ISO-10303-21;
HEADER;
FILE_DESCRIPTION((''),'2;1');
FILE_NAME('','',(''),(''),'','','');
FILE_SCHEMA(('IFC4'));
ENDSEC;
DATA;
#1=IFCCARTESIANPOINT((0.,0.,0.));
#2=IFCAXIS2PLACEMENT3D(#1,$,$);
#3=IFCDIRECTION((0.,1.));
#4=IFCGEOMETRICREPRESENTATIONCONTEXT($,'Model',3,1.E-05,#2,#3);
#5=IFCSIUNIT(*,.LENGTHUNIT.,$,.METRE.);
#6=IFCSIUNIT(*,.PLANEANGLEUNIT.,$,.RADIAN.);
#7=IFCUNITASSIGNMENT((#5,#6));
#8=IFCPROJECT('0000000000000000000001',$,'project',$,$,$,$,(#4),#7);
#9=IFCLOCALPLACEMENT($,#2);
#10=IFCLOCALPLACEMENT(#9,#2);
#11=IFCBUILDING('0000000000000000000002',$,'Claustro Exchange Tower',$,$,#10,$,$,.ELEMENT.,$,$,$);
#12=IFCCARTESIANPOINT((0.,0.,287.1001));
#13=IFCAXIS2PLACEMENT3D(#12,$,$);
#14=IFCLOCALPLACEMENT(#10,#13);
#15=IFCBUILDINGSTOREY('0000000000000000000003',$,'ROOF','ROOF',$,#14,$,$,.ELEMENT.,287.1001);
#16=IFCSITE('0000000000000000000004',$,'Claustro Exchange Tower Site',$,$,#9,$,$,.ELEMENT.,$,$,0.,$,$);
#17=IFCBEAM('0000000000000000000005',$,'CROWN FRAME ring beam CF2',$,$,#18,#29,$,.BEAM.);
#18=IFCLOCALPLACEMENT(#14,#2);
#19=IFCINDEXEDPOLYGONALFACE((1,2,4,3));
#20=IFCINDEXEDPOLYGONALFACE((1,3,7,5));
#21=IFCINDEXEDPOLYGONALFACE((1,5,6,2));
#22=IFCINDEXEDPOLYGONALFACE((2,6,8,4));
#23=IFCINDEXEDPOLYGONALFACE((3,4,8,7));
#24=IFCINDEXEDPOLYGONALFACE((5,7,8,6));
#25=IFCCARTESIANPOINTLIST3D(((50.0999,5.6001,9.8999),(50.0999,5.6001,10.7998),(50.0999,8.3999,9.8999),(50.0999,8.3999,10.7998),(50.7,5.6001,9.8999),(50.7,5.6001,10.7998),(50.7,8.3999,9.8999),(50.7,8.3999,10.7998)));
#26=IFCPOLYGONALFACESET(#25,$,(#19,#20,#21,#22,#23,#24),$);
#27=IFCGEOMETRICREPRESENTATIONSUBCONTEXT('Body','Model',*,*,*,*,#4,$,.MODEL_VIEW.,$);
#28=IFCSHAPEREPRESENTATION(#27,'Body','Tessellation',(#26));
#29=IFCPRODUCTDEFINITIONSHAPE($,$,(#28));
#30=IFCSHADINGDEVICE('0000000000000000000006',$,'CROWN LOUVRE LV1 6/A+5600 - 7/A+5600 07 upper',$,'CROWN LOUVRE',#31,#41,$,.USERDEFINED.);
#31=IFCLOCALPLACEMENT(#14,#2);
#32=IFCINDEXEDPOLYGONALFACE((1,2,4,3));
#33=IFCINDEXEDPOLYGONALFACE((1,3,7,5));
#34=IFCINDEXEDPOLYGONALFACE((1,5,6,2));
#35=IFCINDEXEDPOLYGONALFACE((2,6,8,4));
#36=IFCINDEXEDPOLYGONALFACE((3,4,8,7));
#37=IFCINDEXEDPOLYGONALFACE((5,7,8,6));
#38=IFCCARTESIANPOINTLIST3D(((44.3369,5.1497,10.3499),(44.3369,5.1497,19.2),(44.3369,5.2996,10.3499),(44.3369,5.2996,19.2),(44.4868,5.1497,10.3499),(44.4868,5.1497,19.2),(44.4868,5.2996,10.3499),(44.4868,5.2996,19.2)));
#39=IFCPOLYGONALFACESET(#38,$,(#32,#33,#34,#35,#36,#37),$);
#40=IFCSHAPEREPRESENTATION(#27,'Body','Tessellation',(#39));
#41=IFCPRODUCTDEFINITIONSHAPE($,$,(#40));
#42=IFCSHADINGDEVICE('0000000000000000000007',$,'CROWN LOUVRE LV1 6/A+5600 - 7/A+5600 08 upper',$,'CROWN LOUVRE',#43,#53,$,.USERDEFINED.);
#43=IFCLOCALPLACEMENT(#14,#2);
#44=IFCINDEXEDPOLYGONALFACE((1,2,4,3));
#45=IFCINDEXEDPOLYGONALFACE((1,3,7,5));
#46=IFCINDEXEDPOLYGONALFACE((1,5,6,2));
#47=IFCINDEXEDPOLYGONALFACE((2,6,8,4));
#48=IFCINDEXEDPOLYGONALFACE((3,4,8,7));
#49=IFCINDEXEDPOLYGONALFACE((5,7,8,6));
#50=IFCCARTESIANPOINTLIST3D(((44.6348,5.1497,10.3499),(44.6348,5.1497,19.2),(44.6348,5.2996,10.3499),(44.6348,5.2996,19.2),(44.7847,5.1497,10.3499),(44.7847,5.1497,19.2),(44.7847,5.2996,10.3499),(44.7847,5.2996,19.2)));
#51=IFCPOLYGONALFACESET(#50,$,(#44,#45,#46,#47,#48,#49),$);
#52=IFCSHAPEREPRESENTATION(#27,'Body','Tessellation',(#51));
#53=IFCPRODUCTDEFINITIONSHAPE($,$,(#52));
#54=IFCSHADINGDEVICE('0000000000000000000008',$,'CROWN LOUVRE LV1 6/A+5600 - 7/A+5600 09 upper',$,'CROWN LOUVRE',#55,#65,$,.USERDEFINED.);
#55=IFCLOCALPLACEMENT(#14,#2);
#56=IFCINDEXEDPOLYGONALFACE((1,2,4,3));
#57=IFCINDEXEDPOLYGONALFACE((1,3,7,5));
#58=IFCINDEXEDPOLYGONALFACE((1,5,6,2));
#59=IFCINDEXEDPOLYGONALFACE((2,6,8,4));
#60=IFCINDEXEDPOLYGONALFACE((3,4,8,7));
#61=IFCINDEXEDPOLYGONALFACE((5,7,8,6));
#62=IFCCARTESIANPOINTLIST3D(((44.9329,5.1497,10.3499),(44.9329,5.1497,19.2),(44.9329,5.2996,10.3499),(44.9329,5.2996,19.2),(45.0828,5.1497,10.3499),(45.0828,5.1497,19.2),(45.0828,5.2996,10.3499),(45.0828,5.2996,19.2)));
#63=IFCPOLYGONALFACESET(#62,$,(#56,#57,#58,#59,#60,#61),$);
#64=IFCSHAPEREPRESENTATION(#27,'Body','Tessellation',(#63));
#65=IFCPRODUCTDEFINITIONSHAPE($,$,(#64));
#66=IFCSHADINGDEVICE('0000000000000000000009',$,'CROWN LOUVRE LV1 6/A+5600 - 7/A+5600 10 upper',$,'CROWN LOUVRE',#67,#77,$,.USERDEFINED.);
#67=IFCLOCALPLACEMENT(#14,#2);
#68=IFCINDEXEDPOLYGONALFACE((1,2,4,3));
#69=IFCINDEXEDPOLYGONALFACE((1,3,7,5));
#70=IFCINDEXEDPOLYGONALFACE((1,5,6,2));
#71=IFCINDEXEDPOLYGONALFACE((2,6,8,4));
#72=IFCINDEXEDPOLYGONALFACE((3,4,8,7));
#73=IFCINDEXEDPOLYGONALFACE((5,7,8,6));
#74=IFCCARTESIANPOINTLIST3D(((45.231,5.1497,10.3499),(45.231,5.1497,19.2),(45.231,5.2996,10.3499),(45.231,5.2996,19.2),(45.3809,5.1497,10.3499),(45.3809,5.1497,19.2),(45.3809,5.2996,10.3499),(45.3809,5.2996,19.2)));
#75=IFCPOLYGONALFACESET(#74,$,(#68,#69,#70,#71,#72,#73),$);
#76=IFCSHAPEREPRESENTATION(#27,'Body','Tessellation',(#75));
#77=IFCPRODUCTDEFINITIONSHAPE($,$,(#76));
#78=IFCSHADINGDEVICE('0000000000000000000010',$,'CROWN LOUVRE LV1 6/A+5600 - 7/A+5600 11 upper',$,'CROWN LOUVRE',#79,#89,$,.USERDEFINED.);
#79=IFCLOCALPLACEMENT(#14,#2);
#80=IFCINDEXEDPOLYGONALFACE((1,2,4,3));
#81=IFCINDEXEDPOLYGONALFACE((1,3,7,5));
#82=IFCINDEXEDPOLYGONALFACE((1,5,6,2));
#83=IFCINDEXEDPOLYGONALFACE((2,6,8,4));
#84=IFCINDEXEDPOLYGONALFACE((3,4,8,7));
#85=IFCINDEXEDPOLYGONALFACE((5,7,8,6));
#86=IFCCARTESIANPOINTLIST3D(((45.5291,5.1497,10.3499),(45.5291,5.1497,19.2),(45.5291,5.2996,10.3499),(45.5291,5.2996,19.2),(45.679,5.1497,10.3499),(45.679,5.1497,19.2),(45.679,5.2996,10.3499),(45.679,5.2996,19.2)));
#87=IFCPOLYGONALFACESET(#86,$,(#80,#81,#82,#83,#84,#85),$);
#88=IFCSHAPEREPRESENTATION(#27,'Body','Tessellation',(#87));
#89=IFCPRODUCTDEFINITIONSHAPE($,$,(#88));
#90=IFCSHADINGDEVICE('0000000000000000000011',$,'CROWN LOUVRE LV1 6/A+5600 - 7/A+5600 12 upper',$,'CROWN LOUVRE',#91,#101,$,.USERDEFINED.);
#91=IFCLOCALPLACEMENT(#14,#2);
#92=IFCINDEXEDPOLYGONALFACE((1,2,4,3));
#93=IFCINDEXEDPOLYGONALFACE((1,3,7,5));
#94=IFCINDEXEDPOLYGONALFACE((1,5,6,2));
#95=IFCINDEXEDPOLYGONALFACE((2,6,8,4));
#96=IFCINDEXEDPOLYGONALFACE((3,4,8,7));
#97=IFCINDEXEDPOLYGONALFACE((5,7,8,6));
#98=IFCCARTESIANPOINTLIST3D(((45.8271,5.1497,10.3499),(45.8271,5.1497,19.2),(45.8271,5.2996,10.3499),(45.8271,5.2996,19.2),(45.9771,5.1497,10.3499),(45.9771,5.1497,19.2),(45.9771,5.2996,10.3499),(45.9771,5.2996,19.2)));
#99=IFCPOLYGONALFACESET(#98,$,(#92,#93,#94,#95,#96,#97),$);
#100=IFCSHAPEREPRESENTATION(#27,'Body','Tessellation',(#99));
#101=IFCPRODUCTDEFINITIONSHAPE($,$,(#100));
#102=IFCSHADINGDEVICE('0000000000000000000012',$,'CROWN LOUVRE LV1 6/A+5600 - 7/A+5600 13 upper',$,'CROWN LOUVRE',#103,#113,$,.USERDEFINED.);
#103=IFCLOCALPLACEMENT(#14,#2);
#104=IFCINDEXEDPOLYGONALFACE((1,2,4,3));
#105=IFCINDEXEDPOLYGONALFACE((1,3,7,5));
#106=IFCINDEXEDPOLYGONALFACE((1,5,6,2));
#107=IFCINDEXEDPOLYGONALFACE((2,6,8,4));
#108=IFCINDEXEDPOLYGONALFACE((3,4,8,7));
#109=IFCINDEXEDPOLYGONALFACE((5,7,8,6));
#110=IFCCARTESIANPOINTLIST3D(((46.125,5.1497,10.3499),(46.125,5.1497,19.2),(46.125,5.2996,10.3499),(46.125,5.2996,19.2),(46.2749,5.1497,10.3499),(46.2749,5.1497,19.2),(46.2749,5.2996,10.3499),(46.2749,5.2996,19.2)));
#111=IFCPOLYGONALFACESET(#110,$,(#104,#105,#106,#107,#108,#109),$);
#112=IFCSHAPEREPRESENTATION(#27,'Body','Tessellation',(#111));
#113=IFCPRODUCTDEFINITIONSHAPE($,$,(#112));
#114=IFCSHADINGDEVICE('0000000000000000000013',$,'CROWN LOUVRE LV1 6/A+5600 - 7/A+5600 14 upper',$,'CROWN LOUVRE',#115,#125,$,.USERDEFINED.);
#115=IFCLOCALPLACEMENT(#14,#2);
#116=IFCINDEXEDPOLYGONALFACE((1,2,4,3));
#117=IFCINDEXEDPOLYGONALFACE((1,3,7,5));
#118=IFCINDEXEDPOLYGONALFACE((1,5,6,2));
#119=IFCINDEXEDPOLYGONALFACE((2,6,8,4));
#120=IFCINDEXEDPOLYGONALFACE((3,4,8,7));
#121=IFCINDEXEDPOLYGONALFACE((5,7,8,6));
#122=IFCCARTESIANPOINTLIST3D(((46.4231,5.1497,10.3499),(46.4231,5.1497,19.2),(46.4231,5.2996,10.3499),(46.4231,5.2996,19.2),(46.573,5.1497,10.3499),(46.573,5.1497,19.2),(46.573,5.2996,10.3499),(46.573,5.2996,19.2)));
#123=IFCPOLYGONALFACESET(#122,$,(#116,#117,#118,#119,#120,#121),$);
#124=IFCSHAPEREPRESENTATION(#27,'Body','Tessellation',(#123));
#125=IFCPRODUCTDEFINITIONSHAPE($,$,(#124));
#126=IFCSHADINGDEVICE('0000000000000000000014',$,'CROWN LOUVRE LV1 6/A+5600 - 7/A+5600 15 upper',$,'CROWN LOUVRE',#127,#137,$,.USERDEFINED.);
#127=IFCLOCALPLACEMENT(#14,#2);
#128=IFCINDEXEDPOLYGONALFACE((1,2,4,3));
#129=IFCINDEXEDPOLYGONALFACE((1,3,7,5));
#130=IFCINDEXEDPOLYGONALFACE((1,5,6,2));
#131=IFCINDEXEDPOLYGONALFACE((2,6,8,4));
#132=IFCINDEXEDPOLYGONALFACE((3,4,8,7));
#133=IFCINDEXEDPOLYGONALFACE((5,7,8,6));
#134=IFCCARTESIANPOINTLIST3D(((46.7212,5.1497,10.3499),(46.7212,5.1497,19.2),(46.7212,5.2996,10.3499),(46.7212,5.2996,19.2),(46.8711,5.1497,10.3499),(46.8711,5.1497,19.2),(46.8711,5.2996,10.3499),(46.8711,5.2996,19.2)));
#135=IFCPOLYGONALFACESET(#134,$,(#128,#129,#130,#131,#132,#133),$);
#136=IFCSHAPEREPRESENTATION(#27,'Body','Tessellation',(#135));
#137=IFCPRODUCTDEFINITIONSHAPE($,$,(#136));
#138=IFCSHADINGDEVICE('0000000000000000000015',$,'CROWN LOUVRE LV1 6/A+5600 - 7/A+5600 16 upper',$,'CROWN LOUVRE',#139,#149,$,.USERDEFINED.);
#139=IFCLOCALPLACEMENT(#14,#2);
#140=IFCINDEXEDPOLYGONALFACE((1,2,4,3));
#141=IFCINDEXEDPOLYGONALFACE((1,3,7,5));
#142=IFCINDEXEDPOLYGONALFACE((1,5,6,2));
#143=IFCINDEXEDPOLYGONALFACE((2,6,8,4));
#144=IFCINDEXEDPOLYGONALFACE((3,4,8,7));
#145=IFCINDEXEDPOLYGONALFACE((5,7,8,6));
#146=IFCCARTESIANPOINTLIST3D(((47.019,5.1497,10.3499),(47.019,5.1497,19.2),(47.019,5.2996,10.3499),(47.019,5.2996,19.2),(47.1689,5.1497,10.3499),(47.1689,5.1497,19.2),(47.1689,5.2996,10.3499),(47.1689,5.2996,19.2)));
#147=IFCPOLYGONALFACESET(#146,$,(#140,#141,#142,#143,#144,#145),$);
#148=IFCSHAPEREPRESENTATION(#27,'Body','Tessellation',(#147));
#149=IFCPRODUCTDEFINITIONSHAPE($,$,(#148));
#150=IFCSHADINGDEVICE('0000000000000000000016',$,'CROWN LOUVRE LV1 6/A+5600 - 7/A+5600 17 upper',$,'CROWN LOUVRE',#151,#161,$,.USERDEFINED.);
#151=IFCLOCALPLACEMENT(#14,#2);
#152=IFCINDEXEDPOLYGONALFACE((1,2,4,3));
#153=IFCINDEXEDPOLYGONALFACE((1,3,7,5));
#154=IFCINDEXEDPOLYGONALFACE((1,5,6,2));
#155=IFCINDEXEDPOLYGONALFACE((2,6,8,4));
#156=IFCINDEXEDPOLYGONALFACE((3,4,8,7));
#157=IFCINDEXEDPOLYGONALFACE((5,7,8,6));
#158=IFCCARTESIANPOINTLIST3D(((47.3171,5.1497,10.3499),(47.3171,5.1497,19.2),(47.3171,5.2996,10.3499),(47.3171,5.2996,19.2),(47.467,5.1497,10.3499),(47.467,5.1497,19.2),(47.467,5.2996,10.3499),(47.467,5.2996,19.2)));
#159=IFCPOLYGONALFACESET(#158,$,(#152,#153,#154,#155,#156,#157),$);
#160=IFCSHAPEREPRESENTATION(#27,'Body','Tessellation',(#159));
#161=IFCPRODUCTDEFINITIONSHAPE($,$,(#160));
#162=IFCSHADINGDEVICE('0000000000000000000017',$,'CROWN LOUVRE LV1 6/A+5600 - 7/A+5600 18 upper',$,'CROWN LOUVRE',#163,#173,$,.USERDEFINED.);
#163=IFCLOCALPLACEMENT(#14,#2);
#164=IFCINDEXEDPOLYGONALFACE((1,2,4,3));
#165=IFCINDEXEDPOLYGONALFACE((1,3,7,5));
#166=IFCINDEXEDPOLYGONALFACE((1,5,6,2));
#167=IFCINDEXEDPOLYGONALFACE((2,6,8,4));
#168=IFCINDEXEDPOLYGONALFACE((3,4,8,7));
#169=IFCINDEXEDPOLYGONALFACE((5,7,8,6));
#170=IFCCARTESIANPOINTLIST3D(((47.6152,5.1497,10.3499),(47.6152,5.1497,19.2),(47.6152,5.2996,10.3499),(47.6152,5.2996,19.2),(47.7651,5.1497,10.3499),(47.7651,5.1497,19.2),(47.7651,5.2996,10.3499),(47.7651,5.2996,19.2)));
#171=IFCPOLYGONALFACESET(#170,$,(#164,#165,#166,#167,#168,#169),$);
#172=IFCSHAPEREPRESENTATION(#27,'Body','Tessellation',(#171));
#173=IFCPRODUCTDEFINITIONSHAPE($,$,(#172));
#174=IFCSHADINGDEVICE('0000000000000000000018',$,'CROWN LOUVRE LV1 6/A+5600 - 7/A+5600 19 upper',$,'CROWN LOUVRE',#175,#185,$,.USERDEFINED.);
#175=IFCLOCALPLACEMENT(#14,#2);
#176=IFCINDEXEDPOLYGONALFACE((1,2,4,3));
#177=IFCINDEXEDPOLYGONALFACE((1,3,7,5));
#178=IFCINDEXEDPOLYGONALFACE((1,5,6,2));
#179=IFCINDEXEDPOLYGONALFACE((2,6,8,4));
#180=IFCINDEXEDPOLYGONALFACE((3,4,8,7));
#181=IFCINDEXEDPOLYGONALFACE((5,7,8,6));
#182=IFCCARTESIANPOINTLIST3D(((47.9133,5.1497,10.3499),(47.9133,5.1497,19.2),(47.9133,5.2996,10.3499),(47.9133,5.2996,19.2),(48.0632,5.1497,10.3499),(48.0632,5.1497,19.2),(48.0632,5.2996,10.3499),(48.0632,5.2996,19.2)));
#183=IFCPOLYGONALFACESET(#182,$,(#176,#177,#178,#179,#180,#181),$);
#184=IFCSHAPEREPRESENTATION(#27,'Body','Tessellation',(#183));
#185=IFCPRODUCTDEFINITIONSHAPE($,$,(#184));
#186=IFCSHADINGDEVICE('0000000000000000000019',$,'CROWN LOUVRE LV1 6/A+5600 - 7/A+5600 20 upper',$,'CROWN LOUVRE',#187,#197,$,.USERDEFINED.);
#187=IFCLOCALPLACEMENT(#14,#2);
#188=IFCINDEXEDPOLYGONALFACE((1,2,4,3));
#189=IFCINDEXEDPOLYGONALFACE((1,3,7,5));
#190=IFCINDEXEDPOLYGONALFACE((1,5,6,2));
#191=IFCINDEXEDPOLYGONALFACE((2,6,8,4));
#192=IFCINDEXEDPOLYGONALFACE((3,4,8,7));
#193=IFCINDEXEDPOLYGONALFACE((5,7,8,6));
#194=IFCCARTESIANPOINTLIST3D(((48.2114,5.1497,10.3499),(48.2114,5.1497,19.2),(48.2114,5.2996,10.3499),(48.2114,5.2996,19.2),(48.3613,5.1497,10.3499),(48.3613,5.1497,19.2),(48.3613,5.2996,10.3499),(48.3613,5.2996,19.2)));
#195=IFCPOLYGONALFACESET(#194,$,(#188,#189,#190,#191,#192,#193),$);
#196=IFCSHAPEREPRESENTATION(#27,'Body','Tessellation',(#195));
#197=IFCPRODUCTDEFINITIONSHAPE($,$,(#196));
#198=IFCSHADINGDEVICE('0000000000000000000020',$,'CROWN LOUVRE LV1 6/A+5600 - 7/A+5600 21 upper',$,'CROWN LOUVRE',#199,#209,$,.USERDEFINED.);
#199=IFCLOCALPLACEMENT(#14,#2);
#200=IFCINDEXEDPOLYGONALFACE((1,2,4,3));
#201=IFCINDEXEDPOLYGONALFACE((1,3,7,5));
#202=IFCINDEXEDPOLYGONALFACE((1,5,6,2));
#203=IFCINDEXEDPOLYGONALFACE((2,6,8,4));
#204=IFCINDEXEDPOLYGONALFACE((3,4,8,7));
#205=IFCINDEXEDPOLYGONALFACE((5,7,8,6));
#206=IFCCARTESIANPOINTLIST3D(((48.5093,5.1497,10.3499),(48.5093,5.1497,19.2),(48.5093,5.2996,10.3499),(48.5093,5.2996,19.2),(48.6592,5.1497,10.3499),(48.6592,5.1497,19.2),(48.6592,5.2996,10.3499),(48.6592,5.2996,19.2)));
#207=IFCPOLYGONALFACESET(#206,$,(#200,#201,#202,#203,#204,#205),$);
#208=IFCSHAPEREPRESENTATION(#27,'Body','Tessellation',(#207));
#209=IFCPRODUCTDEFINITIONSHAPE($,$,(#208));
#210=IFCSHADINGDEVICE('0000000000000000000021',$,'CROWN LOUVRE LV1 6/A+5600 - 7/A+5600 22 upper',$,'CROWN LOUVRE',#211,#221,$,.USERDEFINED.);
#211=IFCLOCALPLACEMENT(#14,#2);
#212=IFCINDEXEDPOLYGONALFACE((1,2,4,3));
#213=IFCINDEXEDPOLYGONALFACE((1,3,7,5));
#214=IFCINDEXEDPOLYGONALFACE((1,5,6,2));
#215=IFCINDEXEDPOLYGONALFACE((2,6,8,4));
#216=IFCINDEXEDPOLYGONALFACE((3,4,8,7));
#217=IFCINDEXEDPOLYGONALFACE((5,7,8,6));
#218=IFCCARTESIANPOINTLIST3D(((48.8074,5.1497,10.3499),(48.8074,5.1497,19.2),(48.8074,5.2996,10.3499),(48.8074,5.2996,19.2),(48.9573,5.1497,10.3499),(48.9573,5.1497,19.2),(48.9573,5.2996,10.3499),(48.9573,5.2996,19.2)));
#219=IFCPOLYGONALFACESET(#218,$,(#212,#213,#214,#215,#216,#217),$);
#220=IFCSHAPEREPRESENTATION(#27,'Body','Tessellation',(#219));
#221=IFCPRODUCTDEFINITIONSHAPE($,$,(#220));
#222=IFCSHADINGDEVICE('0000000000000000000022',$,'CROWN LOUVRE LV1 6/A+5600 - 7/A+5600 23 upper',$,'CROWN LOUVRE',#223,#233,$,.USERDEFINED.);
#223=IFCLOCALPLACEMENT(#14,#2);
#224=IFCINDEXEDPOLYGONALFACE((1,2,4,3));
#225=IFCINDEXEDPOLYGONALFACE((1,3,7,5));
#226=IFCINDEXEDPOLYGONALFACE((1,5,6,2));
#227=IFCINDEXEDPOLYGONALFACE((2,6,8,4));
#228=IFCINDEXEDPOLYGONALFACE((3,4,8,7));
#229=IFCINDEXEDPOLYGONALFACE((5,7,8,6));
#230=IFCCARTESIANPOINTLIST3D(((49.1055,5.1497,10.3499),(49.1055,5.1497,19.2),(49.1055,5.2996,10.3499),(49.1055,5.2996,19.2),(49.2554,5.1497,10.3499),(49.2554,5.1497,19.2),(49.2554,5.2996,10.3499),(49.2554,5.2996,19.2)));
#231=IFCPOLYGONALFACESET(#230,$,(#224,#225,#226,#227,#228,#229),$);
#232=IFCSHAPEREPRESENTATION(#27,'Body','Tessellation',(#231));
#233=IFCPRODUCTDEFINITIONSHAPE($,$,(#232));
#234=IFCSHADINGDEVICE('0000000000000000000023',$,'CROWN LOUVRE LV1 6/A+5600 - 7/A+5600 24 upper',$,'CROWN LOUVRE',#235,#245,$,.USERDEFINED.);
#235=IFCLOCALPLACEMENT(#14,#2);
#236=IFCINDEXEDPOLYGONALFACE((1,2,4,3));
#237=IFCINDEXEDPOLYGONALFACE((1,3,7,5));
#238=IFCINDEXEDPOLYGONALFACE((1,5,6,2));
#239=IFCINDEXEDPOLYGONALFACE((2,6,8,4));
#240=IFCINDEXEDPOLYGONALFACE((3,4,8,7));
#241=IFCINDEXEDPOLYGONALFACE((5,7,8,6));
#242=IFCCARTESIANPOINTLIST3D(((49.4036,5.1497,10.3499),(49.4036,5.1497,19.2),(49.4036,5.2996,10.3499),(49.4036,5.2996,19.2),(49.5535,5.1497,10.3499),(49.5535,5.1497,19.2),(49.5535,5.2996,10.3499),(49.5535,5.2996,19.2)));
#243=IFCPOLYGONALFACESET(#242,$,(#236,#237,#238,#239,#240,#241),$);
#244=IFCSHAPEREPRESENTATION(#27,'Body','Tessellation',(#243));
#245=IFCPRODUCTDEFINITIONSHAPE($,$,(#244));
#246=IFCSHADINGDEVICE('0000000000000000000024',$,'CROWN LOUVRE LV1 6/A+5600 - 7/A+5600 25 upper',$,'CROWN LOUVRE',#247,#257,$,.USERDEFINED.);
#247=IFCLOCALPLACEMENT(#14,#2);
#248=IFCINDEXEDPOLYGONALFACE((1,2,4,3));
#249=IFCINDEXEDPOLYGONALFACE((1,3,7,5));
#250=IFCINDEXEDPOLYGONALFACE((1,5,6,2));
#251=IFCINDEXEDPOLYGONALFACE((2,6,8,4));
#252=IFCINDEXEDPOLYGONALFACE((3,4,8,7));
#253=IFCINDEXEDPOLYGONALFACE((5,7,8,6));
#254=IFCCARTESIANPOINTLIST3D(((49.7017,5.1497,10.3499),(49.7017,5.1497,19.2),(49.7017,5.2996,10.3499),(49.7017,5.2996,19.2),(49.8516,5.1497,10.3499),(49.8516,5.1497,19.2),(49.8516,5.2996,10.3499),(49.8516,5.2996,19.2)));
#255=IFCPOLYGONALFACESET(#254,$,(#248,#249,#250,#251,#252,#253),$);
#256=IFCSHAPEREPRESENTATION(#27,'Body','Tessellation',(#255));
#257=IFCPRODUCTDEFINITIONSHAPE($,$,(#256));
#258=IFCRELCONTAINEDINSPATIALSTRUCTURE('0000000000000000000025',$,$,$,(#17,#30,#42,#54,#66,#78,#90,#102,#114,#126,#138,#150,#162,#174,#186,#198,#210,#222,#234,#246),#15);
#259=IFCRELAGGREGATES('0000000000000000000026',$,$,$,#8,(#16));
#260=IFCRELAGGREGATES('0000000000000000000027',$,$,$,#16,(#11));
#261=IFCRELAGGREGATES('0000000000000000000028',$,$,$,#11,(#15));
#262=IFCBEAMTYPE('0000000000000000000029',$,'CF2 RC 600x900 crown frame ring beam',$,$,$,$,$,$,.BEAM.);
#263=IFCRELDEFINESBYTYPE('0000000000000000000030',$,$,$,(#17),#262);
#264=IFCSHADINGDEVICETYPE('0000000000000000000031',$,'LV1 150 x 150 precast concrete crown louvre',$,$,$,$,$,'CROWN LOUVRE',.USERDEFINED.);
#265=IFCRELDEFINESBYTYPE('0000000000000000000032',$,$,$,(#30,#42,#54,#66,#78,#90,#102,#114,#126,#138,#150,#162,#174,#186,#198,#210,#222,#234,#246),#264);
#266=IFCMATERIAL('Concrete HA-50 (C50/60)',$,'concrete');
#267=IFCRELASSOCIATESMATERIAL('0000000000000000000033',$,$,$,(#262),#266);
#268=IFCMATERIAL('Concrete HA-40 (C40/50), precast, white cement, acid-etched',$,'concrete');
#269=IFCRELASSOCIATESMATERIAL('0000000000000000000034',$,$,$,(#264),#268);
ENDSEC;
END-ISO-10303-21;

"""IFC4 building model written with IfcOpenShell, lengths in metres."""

from ifc_helpers import new_model, si_unit, direction, frame, origin, origin_2d, place, context, subcontext, project, spatial, rectangle, extrude, material, material_profile, profile_set, type_object, element, save


model = new_model("IFC4")

# Units and contexts
model_context = context("Model", 3, precision=1e-05, world=origin(), true_north=direction((0.0, 1.0)))
body_context = subcontext(model_context, "Body", "Model", "MODEL_VIEW")
ifc_project = project(units=[si_unit("LENGTHUNIT", "METRE"), si_unit("PLANEANGLEUNIT", "RADIAN")], contexts=[model_context])

# Site, building, storey
site_placement = place(None, origin())
site = spatial("IfcSite", under=ifc_project, at=site_placement, Name="Claustro Exchange Tower Site", CompositionType="ELEMENT", RefElevation=0.0)
building_placement = place(site_placement, origin())
building = spatial("IfcBuilding", under=site, at=building_placement, Name="Claustro Exchange Tower", CompositionType="ELEMENT")
storey_placement = place(building_placement, frame((0.0, 0.0, 287.1001)))
storey = spatial("IfcBuildingStorey", under=building, at=storey_placement, Name="ROOF", Description="ROOF", CompositionType="ELEMENT", Elevation=287.1001)

# Beam
ifc_material_1 = material(Name="Concrete HA-50 (C50/60)", Category="concrete")
ifc_material_profile = material_profile(ifc_material_1, rectangle(XDim=0.6001, YDim=0.8999, at=origin_2d()), Name="RC 600x900")
ifc_profile_set = profile_set([ifc_material_profile], Name="Concrete HA-50 (C50/60)")
beam_type = type_object("IfcBeamType", Name="CF2 RC 600x900 crown frame ring beam", PredefinedType="BEAM", material=ifc_profile_set)
beam_placement = place(storey_placement, frame((50.3999, 5.6001, 10.3499), z_axis=(0.0, 1.0, 0.0), x_axis=(-1.0, 0.0, 0.0)))
element("IfcBeam", 1, at=beam_placement, inside=storey, type_object=beam_type, Name="CROWN FRAME ring beam CF2", PredefinedType="BEAM", context=body_context, shape_type="SweptSolid", body=[
    extrude(rectangle(XDim=0.6001, YDim=0.8999, at=origin_2d()), origin(), (0.0, 0.0, 1.0), 2.7998),
])

# Shading devices
ifc_material_2 = material(Name="Concrete HA-40 (C40/50), precast, white cement, acid-etched", Category="concrete")
shading_device_type = type_object("IfcShadingDeviceType", Name="LV1 150 x 150 precast concrete crown louvre", ElementType="CROWN LOUVRE", PredefinedType="USERDEFINED", material=ifc_material_2)
for number, where, z_axis, x_axis, name in (
    (2, (44.4119, 5.2246, 10.3499), (0.0, 0.0, 1.0), (1.0, 0.0, 0.0), "CROWN LOUVRE LV1 6/A+5600 - 7/A+5600 07 upper"),
    (3, (44.7097, 5.2246, 10.3499), (0.0, 0.0, 1.0), (1.0, 0.0, 0.0), "CROWN LOUVRE LV1 6/A+5600 - 7/A+5600 08 upper"),
    (4, (45.0078, 5.2246, 10.3499), (0.0, 0.0, 1.0), (1.0, 0.0, 0.0), "CROWN LOUVRE LV1 6/A+5600 - 7/A+5600 09 upper"),
    (5, (45.3059, 5.2246, 10.3499), (0.0, 0.0, 1.0), (1.0, 0.0, 0.0), "CROWN LOUVRE LV1 6/A+5600 - 7/A+5600 10 upper"),
    (6, (45.604, 5.2246, 10.3499), (0.0, 0.0, 1.0), (1.0, 0.0, 0.0), "CROWN LOUVRE LV1 6/A+5600 - 7/A+5600 11 upper"),
    (7, (45.9021, 5.2246, 10.3499), (0.0, 0.0, 1.0), (1.0, 0.0, 0.0), "CROWN LOUVRE LV1 6/A+5600 - 7/A+5600 12 upper"),
    (8, (46.2, 5.2246, 10.3499), (0.0, 0.0, 1.0), (1.0, 0.0, 0.0), "CROWN LOUVRE LV1 6/A+5600 - 7/A+5600 13 upper"),
    (9, (46.498, 5.2246, 10.3499), (0.0, 0.0, 1.0), (1.0, 0.0, 0.0), "CROWN LOUVRE LV1 6/A+5600 - 7/A+5600 14 upper"),
    (10, (46.7961, 5.2246, 10.3499), (0.0, 0.0, 1.0), (1.0, 0.0, 0.0), "CROWN LOUVRE LV1 6/A+5600 - 7/A+5600 15 upper"),
    (11, (47.094, 5.2246, 10.3499), (0.0, 0.0, 1.0), (1.0, 0.0, 0.0), "CROWN LOUVRE LV1 6/A+5600 - 7/A+5600 16 upper"),
    (12, (47.3921, 5.2246, 10.3499), (0.0, 0.0, 1.0), (1.0, 0.0, 0.0), "CROWN LOUVRE LV1 6/A+5600 - 7/A+5600 17 upper"),
    (13, (47.6902, 5.2246, 10.3499), (0.0, 0.0, 1.0), (1.0, 0.0, 0.0), "CROWN LOUVRE LV1 6/A+5600 - 7/A+5600 18 upper"),
    (14, (47.9883, 5.2246, 10.3499), (0.0, 0.0, 1.0), (1.0, 0.0, 0.0), "CROWN LOUVRE LV1 6/A+5600 - 7/A+5600 19 upper"),
    (15, (48.2864, 5.2246, 10.3499), (0.0, 0.0, 1.0), (1.0, 0.0, 0.0), "CROWN LOUVRE LV1 6/A+5600 - 7/A+5600 20 upper"),
    (16, (48.5842, 5.2246, 10.3499), (0.0, 0.0, 1.0), (1.0, 0.0, 0.0), "CROWN LOUVRE LV1 6/A+5600 - 7/A+5600 21 upper"),
    (17, (48.8823, 5.2246, 10.3499), (0.0, 0.0, 1.0), (1.0, 0.0, 0.0), "CROWN LOUVRE LV1 6/A+5600 - 7/A+5600 22 upper"),
    (18, (49.1804, 5.2246, 10.3499), (0.0, 0.0, 1.0), (1.0, 0.0, 0.0), "CROWN LOUVRE LV1 6/A+5600 - 7/A+5600 23 upper"),
    (19, (49.4785, 5.2246, 10.3499), (0.0, 0.0, 1.0), (1.0, 0.0, 0.0), "CROWN LOUVRE LV1 6/A+5600 - 7/A+5600 24 upper"),
    (20, (49.7766, 5.2246, 10.3499), (0.0, 0.0, 1.0), (1.0, 0.0, 0.0), "CROWN LOUVRE LV1 6/A+5600 - 7/A+5600 25 upper"),
):
    element("IfcShadingDevice", number, at=place(storey_placement, frame(where, z_axis=z_axis, x_axis=x_axis)), inside=storey, type_object=shading_device_type, Name=name, ObjectType="CROWN LOUVRE", PredefinedType="USERDEFINED", context=body_context, shape_type="SweptSolid", body=[
        extrude(rectangle(XDim=0.1499, YDim=0.1499, at=origin_2d()), origin(), (0.0, 0.0, 1.0), 8.8501),
    ])

save(model, "model.ifc")
